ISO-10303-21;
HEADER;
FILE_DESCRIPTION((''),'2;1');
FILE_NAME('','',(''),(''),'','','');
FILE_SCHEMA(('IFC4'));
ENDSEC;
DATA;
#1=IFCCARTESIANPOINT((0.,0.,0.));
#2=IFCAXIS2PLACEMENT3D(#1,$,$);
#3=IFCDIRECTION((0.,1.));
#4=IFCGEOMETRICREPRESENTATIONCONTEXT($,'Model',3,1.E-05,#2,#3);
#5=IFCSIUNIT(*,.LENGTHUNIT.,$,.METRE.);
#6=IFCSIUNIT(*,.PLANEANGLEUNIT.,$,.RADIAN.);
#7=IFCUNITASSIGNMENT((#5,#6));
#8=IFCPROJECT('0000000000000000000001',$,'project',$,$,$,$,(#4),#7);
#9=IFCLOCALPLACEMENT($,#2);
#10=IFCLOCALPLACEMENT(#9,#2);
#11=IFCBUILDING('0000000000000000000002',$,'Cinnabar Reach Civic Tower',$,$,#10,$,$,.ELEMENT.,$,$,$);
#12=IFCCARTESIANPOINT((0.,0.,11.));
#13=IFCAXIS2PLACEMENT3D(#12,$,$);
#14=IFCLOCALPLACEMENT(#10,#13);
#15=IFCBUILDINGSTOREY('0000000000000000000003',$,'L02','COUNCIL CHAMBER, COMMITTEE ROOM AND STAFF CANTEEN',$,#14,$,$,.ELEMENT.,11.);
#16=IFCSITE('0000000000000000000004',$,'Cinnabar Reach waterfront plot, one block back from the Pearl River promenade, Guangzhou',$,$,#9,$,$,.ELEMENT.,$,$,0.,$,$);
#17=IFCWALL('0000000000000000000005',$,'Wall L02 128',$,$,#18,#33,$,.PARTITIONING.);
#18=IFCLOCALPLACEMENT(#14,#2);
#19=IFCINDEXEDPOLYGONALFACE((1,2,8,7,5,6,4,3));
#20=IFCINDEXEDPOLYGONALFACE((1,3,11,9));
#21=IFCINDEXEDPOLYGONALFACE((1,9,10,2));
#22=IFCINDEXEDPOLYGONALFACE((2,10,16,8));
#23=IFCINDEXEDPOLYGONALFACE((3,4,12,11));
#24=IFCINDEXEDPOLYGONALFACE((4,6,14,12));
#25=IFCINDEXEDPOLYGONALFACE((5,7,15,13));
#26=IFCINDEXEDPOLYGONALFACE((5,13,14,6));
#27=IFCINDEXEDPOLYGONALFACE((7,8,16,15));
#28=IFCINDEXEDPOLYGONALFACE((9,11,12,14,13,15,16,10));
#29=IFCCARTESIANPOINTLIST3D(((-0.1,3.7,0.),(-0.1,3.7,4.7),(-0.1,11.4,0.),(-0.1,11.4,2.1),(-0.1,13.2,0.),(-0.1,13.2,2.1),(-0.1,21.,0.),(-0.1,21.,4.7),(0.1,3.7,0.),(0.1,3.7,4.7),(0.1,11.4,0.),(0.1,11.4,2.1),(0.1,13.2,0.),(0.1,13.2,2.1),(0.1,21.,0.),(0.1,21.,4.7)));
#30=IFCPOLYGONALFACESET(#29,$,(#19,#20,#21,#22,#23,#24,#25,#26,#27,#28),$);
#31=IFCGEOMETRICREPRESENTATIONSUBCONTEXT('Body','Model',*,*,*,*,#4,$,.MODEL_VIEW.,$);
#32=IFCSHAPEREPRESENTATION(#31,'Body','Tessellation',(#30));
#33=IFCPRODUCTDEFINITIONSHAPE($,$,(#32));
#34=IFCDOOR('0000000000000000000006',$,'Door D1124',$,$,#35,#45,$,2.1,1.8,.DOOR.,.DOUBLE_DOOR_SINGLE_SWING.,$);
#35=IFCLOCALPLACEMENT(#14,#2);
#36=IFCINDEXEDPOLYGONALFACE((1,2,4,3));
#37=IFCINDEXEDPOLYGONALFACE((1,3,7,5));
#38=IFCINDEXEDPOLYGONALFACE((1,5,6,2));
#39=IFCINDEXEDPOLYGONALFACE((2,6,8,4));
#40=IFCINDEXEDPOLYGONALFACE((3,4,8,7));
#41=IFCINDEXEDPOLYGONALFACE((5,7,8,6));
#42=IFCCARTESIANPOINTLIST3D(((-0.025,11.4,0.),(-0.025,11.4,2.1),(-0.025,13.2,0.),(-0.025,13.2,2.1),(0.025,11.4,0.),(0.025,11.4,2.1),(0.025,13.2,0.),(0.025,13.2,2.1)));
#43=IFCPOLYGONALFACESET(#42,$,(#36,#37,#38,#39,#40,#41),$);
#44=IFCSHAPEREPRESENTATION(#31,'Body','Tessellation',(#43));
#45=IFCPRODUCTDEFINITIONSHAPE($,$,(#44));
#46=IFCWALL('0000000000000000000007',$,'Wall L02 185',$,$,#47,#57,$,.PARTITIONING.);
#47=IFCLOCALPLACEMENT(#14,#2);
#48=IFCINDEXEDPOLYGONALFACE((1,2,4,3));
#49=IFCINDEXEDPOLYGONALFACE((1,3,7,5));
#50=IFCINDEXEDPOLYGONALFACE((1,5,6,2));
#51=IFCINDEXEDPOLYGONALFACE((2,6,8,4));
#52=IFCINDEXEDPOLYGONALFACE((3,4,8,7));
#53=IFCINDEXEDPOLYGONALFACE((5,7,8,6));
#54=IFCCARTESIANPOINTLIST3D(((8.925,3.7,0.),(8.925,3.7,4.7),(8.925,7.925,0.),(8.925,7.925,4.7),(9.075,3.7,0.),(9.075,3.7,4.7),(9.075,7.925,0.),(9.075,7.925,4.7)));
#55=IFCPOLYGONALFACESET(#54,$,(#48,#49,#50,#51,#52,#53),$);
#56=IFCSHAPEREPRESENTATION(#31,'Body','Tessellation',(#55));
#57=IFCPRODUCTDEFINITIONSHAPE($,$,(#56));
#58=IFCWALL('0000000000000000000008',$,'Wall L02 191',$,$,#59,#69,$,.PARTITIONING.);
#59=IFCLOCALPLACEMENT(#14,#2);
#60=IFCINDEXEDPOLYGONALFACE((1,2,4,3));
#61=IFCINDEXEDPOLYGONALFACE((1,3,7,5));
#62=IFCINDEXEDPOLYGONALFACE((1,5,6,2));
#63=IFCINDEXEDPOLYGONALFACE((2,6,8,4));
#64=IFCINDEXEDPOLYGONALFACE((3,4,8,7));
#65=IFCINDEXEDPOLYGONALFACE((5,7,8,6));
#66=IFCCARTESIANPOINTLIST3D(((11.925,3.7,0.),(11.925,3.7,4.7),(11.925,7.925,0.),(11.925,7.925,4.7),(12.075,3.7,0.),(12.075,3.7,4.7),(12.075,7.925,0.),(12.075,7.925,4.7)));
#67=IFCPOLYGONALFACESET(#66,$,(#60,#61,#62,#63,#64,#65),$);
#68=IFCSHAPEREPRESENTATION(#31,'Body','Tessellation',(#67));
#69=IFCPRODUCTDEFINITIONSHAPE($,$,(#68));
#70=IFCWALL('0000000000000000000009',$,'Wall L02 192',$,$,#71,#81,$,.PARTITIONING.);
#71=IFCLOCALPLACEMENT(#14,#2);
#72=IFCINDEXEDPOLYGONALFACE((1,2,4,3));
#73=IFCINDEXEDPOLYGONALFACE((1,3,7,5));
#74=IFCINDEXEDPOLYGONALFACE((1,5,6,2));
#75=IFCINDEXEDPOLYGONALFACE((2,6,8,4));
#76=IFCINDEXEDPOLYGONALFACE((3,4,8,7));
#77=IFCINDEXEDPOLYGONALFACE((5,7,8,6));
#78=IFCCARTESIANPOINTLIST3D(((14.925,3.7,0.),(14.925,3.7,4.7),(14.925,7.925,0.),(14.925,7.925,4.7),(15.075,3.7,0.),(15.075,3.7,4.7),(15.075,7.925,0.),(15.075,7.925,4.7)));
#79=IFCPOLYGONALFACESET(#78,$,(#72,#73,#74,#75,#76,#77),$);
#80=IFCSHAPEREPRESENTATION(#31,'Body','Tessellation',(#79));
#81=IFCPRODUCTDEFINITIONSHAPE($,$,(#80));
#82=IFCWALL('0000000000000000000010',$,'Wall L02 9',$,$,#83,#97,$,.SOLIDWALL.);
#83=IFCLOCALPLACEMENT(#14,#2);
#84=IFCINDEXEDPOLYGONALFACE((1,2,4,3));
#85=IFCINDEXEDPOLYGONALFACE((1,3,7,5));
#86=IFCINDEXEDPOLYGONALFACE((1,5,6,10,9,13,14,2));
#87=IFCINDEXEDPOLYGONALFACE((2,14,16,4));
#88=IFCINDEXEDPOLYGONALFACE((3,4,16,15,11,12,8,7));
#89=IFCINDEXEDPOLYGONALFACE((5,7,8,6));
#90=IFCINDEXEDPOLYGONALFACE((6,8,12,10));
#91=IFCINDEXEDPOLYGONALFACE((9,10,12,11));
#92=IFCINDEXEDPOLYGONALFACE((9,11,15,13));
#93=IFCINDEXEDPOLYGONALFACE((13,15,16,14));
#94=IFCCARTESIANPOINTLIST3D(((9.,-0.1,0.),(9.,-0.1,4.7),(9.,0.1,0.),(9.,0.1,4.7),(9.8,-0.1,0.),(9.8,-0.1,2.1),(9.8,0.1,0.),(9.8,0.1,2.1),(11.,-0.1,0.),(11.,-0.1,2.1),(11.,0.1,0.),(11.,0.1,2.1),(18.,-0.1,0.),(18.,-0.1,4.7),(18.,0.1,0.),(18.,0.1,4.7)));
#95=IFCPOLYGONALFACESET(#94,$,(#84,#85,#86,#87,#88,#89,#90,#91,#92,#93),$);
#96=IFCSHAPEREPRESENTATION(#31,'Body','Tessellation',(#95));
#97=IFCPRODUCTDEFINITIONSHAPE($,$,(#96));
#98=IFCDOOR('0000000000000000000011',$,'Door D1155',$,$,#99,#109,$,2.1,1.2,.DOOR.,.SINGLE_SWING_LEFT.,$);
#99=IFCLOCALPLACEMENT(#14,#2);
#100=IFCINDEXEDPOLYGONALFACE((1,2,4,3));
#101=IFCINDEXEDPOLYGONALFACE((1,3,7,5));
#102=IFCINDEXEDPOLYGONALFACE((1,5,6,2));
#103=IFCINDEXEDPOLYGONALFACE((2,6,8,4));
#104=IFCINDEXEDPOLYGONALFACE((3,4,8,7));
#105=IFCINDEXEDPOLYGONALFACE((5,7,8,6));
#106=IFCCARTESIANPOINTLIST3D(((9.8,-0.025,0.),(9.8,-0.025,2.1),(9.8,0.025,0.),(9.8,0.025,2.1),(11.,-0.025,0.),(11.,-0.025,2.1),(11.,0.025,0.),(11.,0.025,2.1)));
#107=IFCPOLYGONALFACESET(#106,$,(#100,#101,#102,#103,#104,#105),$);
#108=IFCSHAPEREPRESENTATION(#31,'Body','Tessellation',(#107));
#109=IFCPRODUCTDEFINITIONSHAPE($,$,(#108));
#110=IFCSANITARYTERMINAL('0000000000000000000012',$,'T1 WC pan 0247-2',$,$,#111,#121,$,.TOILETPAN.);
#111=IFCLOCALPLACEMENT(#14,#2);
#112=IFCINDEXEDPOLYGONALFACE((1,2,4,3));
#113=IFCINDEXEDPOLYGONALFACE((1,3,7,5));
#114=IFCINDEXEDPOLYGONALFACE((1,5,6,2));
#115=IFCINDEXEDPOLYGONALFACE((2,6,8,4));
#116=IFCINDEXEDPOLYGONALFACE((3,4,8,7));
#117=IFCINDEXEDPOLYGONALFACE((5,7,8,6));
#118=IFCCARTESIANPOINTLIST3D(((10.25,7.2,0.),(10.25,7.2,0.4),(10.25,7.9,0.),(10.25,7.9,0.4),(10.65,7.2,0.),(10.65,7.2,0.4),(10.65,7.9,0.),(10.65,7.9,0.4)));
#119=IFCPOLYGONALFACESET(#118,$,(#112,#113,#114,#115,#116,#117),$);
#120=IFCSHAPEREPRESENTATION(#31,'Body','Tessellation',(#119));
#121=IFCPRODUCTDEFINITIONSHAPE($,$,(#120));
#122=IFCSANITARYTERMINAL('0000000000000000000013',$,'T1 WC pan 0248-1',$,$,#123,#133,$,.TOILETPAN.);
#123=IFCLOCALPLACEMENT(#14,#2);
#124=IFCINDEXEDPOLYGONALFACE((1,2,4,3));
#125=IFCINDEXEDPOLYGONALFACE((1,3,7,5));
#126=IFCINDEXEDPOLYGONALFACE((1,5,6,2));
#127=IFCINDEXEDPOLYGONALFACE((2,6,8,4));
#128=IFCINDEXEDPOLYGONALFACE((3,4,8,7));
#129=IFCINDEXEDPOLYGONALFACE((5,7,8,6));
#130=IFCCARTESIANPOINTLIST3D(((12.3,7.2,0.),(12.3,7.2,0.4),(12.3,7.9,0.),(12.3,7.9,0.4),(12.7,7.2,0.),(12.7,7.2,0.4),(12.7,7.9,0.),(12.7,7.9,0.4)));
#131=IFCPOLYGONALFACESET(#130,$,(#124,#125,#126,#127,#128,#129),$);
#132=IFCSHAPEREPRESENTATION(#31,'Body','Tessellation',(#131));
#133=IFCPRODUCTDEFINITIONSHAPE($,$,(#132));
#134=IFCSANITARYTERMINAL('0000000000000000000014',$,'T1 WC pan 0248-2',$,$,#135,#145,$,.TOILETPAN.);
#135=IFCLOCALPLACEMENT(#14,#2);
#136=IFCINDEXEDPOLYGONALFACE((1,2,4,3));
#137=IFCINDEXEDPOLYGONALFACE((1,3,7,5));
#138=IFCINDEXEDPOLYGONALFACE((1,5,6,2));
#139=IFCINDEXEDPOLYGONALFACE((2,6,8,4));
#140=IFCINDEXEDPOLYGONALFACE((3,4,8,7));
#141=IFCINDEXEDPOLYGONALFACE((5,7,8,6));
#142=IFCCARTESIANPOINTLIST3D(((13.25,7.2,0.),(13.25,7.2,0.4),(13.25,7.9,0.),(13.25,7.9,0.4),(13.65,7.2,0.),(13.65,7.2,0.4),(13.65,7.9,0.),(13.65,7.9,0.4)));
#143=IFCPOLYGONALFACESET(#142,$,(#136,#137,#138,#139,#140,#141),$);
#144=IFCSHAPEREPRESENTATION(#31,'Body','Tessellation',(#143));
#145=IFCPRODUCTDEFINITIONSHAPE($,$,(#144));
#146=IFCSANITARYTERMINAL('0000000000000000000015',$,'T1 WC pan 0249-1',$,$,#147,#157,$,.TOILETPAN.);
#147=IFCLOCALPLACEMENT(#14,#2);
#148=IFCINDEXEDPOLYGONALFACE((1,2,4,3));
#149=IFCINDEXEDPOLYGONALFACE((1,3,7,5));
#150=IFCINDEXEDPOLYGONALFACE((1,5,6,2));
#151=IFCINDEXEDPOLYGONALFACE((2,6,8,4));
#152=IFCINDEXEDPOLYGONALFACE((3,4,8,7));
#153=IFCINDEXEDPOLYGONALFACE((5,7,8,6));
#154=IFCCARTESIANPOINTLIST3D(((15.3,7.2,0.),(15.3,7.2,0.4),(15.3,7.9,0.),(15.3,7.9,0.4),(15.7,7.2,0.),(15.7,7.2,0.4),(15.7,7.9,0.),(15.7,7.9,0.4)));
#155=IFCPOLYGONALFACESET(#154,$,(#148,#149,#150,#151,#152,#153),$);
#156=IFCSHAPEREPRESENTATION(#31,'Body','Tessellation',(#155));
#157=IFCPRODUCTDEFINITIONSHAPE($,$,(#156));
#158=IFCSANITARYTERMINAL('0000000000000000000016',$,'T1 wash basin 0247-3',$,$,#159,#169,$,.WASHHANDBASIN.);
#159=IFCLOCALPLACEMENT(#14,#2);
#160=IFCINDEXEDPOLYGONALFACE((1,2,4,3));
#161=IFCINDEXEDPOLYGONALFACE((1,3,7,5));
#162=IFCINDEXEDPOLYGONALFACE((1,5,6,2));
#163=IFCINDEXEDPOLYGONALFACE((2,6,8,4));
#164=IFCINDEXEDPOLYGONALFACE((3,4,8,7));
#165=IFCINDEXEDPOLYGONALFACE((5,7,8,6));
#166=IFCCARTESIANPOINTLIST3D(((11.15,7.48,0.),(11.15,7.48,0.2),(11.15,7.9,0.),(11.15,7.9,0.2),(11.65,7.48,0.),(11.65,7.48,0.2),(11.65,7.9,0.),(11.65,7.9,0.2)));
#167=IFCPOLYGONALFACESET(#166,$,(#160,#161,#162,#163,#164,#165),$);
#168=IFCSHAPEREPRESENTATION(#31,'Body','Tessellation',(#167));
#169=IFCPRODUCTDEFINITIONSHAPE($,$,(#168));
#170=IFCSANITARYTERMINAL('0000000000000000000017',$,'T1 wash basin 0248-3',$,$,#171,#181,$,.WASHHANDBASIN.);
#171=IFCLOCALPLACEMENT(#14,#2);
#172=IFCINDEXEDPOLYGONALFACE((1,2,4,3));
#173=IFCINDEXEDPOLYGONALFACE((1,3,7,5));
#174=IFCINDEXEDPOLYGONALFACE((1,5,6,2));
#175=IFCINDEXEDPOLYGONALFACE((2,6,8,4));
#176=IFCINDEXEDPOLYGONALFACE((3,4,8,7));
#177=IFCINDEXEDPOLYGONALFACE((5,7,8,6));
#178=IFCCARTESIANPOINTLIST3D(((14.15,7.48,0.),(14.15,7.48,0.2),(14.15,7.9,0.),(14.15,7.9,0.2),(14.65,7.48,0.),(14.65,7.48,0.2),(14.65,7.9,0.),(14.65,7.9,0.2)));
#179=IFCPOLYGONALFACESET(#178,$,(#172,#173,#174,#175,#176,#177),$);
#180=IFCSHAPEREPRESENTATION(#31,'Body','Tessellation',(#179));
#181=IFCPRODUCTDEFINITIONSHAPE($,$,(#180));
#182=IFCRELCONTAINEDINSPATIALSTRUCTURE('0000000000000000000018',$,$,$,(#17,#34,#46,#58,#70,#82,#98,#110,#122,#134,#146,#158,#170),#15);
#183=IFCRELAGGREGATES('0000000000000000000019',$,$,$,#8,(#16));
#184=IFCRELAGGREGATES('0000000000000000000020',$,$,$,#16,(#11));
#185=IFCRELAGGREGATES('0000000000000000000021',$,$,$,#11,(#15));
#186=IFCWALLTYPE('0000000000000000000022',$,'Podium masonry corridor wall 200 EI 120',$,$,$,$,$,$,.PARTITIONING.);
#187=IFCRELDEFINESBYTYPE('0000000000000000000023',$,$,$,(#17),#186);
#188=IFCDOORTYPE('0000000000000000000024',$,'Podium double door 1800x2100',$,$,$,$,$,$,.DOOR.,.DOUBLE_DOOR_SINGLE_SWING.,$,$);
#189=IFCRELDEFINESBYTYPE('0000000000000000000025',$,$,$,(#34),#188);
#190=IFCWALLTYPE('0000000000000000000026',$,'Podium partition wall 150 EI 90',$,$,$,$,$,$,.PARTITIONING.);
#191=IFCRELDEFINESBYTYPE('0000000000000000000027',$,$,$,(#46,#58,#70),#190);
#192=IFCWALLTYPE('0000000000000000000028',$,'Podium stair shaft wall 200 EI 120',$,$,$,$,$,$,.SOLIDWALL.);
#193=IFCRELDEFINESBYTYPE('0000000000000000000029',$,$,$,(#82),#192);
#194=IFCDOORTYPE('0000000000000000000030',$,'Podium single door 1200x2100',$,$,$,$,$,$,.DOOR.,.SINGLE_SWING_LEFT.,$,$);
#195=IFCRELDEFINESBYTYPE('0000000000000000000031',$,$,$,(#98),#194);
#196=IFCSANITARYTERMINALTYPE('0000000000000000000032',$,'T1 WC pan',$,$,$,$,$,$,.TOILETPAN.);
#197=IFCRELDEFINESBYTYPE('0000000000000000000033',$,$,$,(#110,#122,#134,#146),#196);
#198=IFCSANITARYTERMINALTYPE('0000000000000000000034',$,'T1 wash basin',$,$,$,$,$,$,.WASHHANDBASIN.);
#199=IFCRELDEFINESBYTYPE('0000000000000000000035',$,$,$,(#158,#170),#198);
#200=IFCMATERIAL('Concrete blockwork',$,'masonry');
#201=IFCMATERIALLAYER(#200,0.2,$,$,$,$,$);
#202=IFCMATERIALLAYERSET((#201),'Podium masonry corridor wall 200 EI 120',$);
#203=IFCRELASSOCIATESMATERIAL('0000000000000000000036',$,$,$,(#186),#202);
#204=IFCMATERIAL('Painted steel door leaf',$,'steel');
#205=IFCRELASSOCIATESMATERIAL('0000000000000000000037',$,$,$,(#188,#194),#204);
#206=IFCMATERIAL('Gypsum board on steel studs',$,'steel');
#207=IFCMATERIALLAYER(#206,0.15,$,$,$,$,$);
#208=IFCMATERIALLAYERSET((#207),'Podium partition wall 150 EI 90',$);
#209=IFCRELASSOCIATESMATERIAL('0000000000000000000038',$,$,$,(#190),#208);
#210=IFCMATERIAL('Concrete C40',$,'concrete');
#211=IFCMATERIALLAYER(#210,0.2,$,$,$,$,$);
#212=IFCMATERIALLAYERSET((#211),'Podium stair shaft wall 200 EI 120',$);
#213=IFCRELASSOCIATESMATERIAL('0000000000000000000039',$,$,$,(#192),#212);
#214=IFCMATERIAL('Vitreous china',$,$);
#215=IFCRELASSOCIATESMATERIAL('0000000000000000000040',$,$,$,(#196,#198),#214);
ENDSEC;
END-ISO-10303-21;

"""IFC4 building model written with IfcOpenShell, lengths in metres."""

from ifc_helpers import new_model, si_unit, direction, frame, frame_2d, origin, origin_2d, place, context, subcontext, project, spatial, rectangle, extrude, material, layer, layer_set, type_object, element, fill, save


model = new_model("IFC4")

# Units and contexts
model_context = context("Model", 3, precision=1e-05, world=origin(), true_north=direction((0.0, 1.0)))
body_context = subcontext(model_context, "Body", "Model", "MODEL_VIEW")
ifc_project = project(units=[si_unit("LENGTHUNIT", "METRE"), si_unit("PLANEANGLEUNIT", "RADIAN")], contexts=[model_context])

# Site, building, storey
site_placement = place(None, origin())
site = spatial("IfcSite", under=ifc_project, at=site_placement, Name="Cinnabar Reach waterfront plot, one block back from the Pearl River promenade, Guangzhou", CompositionType="ELEMENT", RefElevation=0.0)
building_placement = place(site_placement, origin())
building = spatial("IfcBuilding", under=site, at=building_placement, Name="Cinnabar Reach Civic Tower", CompositionType="ELEMENT")
storey_placement = place(building_placement, frame((0.0, 0.0, 11.0)))
storey = spatial("IfcBuildingStorey", under=building, at=storey_placement, Name="L02", Description="COUNCIL CHAMBER, COMMITTEE ROOM AND STAFF CANTEEN", CompositionType="ELEMENT", Elevation=11.0)

# Shared definitions
ifc_material_1 = material(Name="Concrete C40", Category="concrete")

# Shared definitions
ifc_material_2 = material(Name="Concrete blockwork", Category="masonry")
ifc_layer_1 = layer(ifc_material_2, 0.2)
ifc_layer_set_1 = layer_set([ifc_layer_1], Name="Podium masonry corridor wall 200 EI 120")
wall_type_1 = type_object("IfcWallType", Name="Podium masonry corridor wall 200 EI 120", PredefinedType="PARTITIONING", material=ifc_layer_set_1)

# Wall, opening, door
ifc_material_3 = material(Name="Painted steel door leaf", Category="steel")
wall_1_placement = place(storey_placement, frame((0.0, 3.7, 0.0), z_axis=(0.0, 0.0, 1.0), x_axis=(0.0, 1.0, 0.0)))
wall_1 = element("IfcWall", 1, at=wall_1_placement, inside=storey, type_object=wall_type_1, Name="Wall L02 128", PredefinedType="PARTITIONING", context=body_context, shape_type="SweptSolid", body=[
    extrude(rectangle(XDim=17.3, YDim=0.2, at=frame_2d((8.65, 0.0))), origin(), (0.0, 0.0, 1.0), 4.7),
])
opening_1_placement = place(wall_1_placement, frame((7.7, 0.0, 0.0)))
opening_1 = element("IfcOpeningElement", 2, at=opening_1_placement, cuts=wall_1, PredefinedType="OPENING", context=body_context, shape_type="SweptSolid", body=[
    extrude(rectangle(XDim=1.8, YDim=2.1, at=frame_2d((0.9, 1.05))), frame((0.0, 0.11, 0.0), z_axis=(0.0, -1.0, 0.0), x_axis=(1.0, 0.0, 0.0)), (0.0, 0.0, 1.0), 0.22),
])
door_type_1 = type_object("IfcDoorType", Name="Podium double door 1800x2100", OperationType="DOUBLE_DOOR_SINGLE_SWING", PredefinedType="DOOR", material=ifc_material_3)
door_1_placement = place(opening_1_placement, frame((1.8, 0.0, 0.0), z_axis=(0.0, 0.0, 1.0), x_axis=(-1.0, 0.0, 0.0)))
door_1 = element("IfcDoor", 3, at=door_1_placement, inside=storey, type_object=door_type_1, Name="Door D1124", OperationType="DOUBLE_DOOR_SINGLE_SWING", OverallHeight=2.1, OverallWidth=1.8, PredefinedType="DOOR", context=body_context, shape_type="SweptSolid", body=[
    extrude(rectangle(XDim=1.8, YDim=2.1, at=frame_2d((0.9, 1.05))), frame((0.0, 0.025, 0.0), z_axis=(0.0, -1.0, 0.0), x_axis=(1.0, 0.0, 0.0)), (0.0, 0.0, 1.0), 0.05),
])
fill(opening_1, door_1)

# Walls
ifc_material_4 = material(Name="Gypsum board on steel studs", Category="steel")
ifc_layer_2 = layer(ifc_material_4, 0.15)
ifc_layer_set_2 = layer_set([ifc_layer_2], Name="Podium partition wall 150 EI 90")
wall_type_2 = type_object("IfcWallType", Name="Podium partition wall 150 EI 90", PredefinedType="PARTITIONING", material=ifc_layer_set_2)
for number, where, z_axis, x_axis, name in (
    (4, (9.0, 3.7, 0.0), (0.0, 0.0, 1.0), (0.0, 1.0, 0.0), "Wall L02 185"),
    (5, (12.0, 3.7, 0.0), (0.0, 0.0, 1.0), (0.0, 1.0, 0.0), "Wall L02 191"),
    (6, (15.0, 3.7, 0.0), (0.0, 0.0, 1.0), (0.0, 1.0, 0.0), "Wall L02 192"),
):
    element("IfcWall", number, at=place(storey_placement, frame(where, z_axis=z_axis, x_axis=x_axis)), inside=storey, type_object=wall_type_2, Name=name, PredefinedType="PARTITIONING", context=body_context, shape_type="SweptSolid", body=[
        extrude(rectangle(XDim=4.225, YDim=0.15, at=frame_2d((2.1125, 0.0))), origin(), (0.0, 0.0, 1.0), 4.7),
    ])

# Wall, opening, door
ifc_layer_3 = layer(ifc_material_1, 0.2)
ifc_layer_set_3 = layer_set([ifc_layer_3], Name="Podium stair shaft wall 200 EI 120")
wall_type_3 = type_object("IfcWallType", Name="Podium stair shaft wall 200 EI 120", PredefinedType="SOLIDWALL", material=ifc_layer_set_3)
wall_2_placement = place(storey_placement, frame((9.0, 0.0, 0.0), z_axis=(0.0, 0.0, 1.0), x_axis=(1.0, 0.0, 0.0)))
wall_2 = element("IfcWall", 7, at=wall_2_placement, inside=storey, type_object=wall_type_3, Name="Wall L02 9", PredefinedType="SOLIDWALL", context=body_context, shape_type="SweptSolid", body=[
    extrude(rectangle(XDim=9.0, YDim=0.2, at=frame_2d((4.5, 0.0))), origin(), (0.0, 0.0, 1.0), 4.7),
])
opening_2_placement = place(wall_2_placement, frame((0.8, 0.0, 0.0)))
opening_2 = element("IfcOpeningElement", 8, at=opening_2_placement, cuts=wall_2, PredefinedType="OPENING", context=body_context, shape_type="SweptSolid", body=[
    extrude(rectangle(XDim=1.2, YDim=2.1, at=frame_2d((0.6, 1.05))), frame((0.0, 0.11, 0.0), z_axis=(0.0, -1.0, 0.0), x_axis=(1.0, 0.0, 0.0)), (0.0, 0.0, 1.0), 0.22),
])
door_type_2 = type_object("IfcDoorType", Name="Podium single door 1200x2100", OperationType="SINGLE_SWING_LEFT", PredefinedType="DOOR", material=ifc_material_3)
door_2_placement = place(opening_2_placement, frame((1.2, 0.0, 0.0), z_axis=(0.0, 0.0, 1.0), x_axis=(-1.0, 0.0, 0.0)))
door_2 = element("IfcDoor", 9, at=door_2_placement, inside=storey, type_object=door_type_2, Name="Door D1155", OperationType="SINGLE_SWING_LEFT", OverallHeight=2.1, OverallWidth=1.2, PredefinedType="DOOR", context=body_context, shape_type="SweptSolid", body=[
    extrude(rectangle(XDim=1.2, YDim=2.1, at=frame_2d((0.6, 1.05))), frame((0.0, 0.025, 0.0), z_axis=(0.0, -1.0, 0.0), x_axis=(1.0, 0.0, 0.0)), (0.0, 0.0, 1.0), 0.05),
])
fill(opening_2, door_2)

# Sanitary terminals
ifc_material_5 = material(Name="Vitreous china")
sanitary_terminal_type_1 = type_object("IfcSanitaryTerminalType", Name="T1 WC pan", PredefinedType="TOILETPAN", material=ifc_material_5)
for number, where, z_axis, x_axis, name in (
    (10, (10.45, 7.55, 0.0), (0.0, 0.0, 1.0), (1.0, 0.0, 0.0), "T1 WC pan 0247-2"),
    (11, (12.5, 7.55, 0.0), (0.0, 0.0, 1.0), (1.0, 0.0, 0.0), "T1 WC pan 0248-1"),
    (12, (13.45, 7.55, 0.0), (0.0, 0.0, 1.0), (1.0, 0.0, 0.0), "T1 WC pan 0248-2"),
    (13, (15.5, 7.55, 0.0), (0.0, 0.0, 1.0), (1.0, 0.0, 0.0), "T1 WC pan 0249-1"),
):
    element("IfcSanitaryTerminal", number, at=place(storey_placement, frame(where, z_axis=z_axis, x_axis=x_axis)), inside=storey, type_object=sanitary_terminal_type_1, Name=name, PredefinedType="TOILETPAN", context=body_context, shape_type="SweptSolid", body=[
        extrude(rectangle(XDim=0.4, YDim=0.7, at=origin_2d()), origin(), (0.0, 0.0, 1.0), 0.4),
    ])
sanitary_terminal_type_2 = type_object("IfcSanitaryTerminalType", Name="T1 wash basin", PredefinedType="WASHHANDBASIN", material=ifc_material_5)
for number, where, z_axis, x_axis, name in (
    (14, (11.4, 7.69, 0.0), (0.0, 0.0, 1.0), (1.0, 0.0, 0.0), "T1 wash basin 0247-3"),
    (15, (14.4, 7.69, 0.0), (0.0, 0.0, 1.0), (1.0, 0.0, 0.0), "T1 wash basin 0248-3"),
):
    element("IfcSanitaryTerminal", number, at=place(storey_placement, frame(where, z_axis=z_axis, x_axis=x_axis)), inside=storey, type_object=sanitary_terminal_type_2, Name=name, PredefinedType="WASHHANDBASIN", context=body_context, shape_type="SweptSolid", body=[
        extrude(rectangle(XDim=0.5, YDim=0.42, at=origin_2d()), origin(), (0.0, 0.0, 1.0), 0.2),
    ])

save(model, "model.ifc")
